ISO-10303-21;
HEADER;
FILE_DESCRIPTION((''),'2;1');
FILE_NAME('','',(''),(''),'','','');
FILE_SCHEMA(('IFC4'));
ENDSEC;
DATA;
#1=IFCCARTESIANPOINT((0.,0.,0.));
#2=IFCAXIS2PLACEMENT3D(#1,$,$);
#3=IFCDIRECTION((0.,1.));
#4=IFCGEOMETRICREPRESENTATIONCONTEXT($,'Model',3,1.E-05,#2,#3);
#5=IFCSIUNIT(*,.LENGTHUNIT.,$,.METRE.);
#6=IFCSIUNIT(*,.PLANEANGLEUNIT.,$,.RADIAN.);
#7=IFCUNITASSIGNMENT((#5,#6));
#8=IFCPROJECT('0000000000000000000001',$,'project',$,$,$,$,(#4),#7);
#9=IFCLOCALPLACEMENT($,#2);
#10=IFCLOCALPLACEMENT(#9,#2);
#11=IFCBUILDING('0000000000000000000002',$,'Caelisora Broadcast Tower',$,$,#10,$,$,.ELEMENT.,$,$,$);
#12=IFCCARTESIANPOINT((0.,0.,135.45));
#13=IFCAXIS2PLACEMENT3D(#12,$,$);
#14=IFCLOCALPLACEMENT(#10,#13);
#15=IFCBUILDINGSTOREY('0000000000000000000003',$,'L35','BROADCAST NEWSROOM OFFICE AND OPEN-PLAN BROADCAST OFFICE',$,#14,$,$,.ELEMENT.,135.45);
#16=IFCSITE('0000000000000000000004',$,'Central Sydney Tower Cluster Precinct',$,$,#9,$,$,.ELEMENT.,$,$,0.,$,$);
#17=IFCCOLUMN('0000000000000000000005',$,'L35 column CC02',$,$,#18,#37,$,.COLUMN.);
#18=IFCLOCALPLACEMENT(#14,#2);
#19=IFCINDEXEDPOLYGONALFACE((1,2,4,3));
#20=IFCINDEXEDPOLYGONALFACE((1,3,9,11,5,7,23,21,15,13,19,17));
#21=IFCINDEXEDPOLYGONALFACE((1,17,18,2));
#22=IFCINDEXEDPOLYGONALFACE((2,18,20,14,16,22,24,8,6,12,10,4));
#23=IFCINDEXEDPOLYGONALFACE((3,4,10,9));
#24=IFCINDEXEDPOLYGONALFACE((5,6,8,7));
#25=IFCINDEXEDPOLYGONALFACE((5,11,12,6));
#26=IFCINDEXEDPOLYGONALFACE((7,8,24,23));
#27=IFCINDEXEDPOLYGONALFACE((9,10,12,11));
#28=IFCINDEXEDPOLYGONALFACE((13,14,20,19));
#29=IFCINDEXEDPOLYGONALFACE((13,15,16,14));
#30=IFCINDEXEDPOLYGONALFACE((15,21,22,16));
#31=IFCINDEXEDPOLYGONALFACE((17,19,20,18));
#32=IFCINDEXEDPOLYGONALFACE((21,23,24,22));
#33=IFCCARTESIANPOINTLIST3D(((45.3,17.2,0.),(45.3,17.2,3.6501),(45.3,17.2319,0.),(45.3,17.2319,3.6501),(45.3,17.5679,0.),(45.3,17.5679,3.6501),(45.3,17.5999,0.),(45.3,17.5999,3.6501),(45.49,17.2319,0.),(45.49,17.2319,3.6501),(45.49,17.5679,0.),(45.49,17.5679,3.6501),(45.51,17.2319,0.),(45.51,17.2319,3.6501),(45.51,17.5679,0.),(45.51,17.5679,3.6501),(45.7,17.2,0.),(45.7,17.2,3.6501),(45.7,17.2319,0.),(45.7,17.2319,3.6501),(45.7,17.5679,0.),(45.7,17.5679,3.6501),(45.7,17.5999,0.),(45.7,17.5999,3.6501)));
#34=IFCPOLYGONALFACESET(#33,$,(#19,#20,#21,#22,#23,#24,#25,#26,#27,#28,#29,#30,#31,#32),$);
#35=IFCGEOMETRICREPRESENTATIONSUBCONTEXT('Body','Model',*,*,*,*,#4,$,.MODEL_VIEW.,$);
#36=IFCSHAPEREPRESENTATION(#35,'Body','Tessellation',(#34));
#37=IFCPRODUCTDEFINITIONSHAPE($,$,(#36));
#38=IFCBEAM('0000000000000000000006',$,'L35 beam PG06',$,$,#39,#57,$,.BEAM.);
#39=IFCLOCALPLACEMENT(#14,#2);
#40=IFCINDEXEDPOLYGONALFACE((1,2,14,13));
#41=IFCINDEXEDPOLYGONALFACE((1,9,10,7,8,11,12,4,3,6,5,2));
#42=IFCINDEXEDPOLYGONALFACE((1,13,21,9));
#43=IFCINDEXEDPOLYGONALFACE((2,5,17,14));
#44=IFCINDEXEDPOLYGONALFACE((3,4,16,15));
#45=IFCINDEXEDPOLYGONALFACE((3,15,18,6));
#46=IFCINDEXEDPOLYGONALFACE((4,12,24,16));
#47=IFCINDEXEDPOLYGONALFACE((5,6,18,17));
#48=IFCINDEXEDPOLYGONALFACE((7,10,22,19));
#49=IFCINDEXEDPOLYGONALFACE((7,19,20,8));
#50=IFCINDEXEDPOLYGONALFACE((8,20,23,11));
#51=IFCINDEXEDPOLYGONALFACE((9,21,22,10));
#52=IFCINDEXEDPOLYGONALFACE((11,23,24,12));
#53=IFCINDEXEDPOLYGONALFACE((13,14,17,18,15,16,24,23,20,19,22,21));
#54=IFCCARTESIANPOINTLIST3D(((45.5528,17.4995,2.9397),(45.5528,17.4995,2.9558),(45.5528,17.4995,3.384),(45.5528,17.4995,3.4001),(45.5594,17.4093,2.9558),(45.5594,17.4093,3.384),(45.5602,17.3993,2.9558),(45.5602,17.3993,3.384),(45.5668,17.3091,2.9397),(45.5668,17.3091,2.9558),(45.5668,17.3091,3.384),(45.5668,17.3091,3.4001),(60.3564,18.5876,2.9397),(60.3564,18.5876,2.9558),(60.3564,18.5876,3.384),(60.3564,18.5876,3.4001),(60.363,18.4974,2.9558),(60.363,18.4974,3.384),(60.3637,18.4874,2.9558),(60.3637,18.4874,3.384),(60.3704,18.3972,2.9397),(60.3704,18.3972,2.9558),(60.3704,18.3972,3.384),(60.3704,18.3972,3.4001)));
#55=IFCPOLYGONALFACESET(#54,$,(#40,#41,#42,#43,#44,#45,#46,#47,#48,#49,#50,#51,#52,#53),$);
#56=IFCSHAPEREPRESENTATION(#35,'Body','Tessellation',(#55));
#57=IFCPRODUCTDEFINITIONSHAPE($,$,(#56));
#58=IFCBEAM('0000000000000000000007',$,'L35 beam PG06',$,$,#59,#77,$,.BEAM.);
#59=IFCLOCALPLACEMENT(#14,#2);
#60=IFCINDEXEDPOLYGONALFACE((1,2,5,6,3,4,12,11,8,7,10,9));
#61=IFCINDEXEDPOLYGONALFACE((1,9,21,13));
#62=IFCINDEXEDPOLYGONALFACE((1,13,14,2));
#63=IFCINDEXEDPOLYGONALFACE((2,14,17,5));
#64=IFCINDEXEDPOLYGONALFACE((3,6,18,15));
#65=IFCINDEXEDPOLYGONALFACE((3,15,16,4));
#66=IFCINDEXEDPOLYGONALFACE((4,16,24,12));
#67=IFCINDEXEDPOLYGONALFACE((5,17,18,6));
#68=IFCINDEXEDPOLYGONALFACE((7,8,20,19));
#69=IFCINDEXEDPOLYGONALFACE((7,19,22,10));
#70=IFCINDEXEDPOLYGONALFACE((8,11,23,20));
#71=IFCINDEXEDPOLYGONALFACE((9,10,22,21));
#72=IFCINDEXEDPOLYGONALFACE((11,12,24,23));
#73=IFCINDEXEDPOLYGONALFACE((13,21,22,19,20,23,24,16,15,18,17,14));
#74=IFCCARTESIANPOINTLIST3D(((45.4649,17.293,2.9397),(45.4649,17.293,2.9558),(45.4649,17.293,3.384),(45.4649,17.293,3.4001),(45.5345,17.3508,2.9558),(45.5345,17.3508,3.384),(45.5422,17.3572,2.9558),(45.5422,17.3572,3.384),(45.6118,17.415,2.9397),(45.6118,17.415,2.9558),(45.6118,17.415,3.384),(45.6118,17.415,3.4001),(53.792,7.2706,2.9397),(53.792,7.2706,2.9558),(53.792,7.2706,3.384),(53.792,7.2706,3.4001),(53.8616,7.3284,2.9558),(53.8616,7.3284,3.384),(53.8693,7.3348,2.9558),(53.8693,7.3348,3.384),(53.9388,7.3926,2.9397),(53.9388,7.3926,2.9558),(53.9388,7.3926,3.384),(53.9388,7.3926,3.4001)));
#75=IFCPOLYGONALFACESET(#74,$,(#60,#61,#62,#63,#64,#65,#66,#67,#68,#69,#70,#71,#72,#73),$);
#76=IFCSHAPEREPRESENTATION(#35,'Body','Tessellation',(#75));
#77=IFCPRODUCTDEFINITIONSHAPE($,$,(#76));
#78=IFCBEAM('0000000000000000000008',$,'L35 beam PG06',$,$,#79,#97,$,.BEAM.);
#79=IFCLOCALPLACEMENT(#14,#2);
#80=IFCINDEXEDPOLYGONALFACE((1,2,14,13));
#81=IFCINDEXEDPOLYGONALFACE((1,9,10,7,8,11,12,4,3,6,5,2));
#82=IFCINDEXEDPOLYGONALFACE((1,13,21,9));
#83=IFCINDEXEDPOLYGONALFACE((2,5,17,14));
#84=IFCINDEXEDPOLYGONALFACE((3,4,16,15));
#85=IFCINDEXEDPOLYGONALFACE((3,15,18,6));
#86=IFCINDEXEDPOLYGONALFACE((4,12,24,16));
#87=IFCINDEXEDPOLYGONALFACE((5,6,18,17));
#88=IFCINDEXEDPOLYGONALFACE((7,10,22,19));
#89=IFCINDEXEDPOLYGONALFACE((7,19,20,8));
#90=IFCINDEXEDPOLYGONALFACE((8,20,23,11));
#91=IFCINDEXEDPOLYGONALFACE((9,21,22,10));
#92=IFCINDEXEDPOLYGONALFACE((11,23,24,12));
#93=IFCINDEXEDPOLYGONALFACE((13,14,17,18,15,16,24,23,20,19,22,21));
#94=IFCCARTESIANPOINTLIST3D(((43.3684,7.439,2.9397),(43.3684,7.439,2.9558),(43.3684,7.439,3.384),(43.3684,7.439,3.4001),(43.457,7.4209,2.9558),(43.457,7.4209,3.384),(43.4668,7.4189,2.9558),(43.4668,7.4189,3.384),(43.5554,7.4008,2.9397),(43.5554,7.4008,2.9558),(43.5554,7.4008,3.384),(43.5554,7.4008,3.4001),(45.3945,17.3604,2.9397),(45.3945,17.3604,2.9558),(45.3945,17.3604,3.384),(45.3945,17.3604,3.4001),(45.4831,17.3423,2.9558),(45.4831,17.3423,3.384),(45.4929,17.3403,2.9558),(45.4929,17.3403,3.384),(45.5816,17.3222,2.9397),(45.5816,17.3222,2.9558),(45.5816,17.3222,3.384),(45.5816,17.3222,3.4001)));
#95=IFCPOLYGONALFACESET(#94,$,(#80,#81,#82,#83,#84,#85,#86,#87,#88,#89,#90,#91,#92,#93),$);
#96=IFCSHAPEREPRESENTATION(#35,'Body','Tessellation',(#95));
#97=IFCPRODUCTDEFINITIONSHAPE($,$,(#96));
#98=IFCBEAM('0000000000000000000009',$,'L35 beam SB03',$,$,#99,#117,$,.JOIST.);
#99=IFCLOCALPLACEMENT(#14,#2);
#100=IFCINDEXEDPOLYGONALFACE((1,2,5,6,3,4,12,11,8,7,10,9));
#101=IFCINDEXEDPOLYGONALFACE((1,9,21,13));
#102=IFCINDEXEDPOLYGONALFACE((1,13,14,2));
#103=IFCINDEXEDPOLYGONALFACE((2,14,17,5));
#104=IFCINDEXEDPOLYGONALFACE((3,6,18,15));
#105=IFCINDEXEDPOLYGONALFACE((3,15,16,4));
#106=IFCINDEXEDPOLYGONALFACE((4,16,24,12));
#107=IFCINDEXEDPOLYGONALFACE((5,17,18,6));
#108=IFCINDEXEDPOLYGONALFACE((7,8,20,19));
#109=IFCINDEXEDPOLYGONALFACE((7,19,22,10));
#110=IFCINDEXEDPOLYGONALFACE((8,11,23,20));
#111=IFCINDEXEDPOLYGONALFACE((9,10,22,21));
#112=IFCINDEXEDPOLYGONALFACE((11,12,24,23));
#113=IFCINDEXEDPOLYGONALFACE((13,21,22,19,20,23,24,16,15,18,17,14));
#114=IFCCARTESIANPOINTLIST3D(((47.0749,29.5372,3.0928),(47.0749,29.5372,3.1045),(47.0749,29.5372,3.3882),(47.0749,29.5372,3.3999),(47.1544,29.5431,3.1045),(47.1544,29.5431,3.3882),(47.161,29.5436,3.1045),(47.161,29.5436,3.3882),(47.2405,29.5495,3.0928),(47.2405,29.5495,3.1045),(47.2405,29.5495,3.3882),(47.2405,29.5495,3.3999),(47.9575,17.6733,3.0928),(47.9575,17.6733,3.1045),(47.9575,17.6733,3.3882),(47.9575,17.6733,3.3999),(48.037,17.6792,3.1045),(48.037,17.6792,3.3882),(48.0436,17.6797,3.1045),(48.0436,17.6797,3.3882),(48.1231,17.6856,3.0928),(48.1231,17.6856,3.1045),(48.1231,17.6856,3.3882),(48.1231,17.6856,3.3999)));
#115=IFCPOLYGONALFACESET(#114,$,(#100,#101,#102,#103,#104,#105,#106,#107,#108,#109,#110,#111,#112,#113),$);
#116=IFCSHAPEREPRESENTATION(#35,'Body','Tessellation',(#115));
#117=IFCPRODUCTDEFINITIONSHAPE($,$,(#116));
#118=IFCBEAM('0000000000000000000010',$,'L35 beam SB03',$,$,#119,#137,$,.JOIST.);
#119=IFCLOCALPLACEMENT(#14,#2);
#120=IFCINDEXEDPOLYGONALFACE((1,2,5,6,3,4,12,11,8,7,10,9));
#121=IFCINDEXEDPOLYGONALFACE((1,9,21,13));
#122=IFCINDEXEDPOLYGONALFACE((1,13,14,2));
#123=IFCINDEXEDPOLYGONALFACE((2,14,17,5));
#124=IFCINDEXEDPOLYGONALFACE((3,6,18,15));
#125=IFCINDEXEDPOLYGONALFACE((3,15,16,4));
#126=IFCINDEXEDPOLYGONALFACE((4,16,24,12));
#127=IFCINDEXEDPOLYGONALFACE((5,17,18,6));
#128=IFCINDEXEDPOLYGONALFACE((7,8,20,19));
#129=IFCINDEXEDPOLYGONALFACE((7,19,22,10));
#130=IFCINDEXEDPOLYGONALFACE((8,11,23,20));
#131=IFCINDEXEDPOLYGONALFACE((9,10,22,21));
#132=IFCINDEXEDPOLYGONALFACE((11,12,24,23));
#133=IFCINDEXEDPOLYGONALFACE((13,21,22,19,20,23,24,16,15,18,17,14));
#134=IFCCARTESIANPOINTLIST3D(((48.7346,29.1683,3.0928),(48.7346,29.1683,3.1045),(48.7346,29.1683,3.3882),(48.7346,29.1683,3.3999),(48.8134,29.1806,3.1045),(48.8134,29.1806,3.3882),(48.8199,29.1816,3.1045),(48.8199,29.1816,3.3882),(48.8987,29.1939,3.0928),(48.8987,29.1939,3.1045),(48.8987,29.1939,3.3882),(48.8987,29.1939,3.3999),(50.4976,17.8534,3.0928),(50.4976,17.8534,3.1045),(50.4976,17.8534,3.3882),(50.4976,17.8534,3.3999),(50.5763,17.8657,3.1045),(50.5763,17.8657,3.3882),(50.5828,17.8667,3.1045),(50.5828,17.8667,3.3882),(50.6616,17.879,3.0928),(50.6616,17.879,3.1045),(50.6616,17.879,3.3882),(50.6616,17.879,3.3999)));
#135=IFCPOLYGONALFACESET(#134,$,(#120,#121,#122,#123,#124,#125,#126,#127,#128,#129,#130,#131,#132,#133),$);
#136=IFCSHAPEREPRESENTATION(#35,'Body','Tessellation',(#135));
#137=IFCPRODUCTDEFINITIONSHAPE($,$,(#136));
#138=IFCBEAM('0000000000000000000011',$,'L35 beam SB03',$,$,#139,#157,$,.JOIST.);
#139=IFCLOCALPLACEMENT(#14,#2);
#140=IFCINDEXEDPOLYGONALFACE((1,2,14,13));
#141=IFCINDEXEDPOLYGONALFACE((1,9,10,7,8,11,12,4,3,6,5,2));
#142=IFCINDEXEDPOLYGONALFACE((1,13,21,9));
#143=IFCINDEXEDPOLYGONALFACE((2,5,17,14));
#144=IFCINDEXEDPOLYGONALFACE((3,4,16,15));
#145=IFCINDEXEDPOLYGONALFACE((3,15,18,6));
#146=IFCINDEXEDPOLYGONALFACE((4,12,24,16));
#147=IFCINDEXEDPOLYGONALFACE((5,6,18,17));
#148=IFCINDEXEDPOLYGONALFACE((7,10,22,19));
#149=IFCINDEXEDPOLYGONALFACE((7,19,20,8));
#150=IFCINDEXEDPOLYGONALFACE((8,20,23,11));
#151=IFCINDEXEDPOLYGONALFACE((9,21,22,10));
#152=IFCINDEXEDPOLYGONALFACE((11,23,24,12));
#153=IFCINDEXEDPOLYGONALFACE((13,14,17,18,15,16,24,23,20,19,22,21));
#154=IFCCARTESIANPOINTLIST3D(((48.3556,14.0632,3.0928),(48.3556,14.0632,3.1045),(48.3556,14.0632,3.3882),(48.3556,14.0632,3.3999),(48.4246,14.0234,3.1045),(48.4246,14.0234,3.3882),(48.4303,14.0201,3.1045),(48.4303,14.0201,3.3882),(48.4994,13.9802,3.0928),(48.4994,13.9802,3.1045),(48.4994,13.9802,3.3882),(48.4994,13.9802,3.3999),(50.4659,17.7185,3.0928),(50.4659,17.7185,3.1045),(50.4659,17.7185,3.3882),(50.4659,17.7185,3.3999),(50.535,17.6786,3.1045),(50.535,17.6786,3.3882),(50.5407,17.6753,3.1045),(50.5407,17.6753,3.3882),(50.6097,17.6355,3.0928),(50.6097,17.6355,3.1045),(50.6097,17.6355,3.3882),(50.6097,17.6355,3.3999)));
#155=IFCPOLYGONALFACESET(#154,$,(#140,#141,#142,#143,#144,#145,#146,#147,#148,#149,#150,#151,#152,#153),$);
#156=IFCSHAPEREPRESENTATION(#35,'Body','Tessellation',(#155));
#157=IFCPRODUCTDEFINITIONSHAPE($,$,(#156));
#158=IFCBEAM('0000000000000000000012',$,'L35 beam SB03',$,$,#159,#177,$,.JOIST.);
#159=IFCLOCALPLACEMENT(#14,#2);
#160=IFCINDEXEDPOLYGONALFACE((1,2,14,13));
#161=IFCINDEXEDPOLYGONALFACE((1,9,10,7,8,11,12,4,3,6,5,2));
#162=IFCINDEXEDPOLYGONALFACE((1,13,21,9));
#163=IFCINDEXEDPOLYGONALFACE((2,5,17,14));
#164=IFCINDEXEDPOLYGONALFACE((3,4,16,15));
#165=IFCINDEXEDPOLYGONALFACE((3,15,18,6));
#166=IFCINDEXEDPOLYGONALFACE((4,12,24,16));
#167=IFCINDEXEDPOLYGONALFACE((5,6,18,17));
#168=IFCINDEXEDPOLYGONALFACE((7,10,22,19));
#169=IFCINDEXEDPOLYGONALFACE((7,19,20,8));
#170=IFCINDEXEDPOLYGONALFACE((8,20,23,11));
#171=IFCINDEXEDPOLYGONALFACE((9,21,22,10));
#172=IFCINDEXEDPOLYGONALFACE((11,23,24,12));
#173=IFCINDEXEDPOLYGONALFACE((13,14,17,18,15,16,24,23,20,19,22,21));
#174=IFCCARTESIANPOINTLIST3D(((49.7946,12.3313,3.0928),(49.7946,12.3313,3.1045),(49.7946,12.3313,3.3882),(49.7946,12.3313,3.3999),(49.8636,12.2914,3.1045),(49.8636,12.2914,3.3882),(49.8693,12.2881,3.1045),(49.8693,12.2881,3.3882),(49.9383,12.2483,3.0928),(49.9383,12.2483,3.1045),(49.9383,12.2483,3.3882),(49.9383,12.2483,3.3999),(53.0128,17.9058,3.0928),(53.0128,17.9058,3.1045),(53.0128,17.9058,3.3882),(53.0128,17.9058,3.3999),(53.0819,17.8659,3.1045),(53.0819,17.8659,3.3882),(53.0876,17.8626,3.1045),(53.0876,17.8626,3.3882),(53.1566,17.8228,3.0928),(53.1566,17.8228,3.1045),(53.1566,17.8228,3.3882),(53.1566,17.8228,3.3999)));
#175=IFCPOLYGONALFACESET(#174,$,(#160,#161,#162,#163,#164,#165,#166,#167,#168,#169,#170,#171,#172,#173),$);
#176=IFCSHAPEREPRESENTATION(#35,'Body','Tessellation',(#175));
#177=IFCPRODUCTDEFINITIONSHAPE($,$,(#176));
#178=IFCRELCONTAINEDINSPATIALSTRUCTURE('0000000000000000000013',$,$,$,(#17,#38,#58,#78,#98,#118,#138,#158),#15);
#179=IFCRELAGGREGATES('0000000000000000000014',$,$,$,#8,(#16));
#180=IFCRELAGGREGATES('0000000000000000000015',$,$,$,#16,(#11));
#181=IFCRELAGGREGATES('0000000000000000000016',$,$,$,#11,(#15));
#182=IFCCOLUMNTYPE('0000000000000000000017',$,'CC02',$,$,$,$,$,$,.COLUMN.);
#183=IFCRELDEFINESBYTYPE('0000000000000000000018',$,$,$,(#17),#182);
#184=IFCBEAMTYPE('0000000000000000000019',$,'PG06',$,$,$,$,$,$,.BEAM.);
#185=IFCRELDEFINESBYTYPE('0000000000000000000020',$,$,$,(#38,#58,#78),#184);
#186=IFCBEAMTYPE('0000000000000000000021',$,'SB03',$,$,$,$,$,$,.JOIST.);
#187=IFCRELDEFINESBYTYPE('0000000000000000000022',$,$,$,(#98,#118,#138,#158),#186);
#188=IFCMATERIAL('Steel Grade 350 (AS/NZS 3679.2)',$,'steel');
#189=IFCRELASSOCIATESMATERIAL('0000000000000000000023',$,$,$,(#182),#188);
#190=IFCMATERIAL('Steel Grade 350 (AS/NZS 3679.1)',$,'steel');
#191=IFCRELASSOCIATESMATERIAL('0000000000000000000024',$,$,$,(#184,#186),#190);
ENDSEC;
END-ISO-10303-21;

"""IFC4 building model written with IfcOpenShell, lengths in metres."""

from ifc_helpers import new_model, si_unit, direction, frame, origin, origin_2d, place, context, subcontext, project, spatial, i_section, extrude, source, transform, mapped, material, material_profile, profile_set, type_object, type_shapes, element, save


model = new_model("IFC4")

# Units and contexts
model_context = context("Model", 3, precision=1e-05, world=origin(), true_north=direction((0.0, 1.0)))
body_context = subcontext(model_context, "Body", "Model", "MODEL_VIEW")
ifc_project = project(units=[si_unit("LENGTHUNIT", "METRE"), si_unit("PLANEANGLEUNIT", "RADIAN")], contexts=[model_context])

# Site, building, storey
site_placement = place(None, origin())
site = spatial("IfcSite", under=ifc_project, at=site_placement, Name="Central Sydney Tower Cluster Precinct", CompositionType="ELEMENT", RefElevation=0.0)
building_placement = place(site_placement, origin())
building = spatial("IfcBuilding", under=site, at=building_placement, Name="Caelisora Broadcast Tower", CompositionType="ELEMENT")
storey_placement = place(building_placement, frame((0.0, 0.0, 135.45)))
storey = spatial("IfcBuildingStorey", under=building, at=storey_placement, Name="L35", Description="BROADCAST NEWSROOM OFFICE AND OPEN-PLAN BROADCAST OFFICE", CompositionType="ELEMENT", Elevation=135.45)

# Column
ifc_material_1 = material(Name="Steel Grade 350 (AS/NZS 3679.2)", Category="steel")
ifc_material_profile_1 = material_profile(ifc_material_1, i_section(OverallWidth=0.3999, OverallDepth=0.3999, WebThickness=0.02, FlangeThickness=0.032, at=origin_2d()), Name="Steel Grade 350 (AS/NZS 3679.2)")
ifc_profile_set_1 = profile_set([ifc_material_profile_1], Name="Steel Grade 350 (AS/NZS 3679.2)")
column_type = type_object("IfcColumnType", Name="CC02", PredefinedType="COLUMN", material=ifc_profile_set_1)
shared_shape_1 = source(origin(), body_context, "Body", "SweptSolid", [
    extrude(i_section(OverallWidth=0.3999, OverallDepth=0.3999, WebThickness=0.02, FlangeThickness=0.032, at=origin_2d()), origin(), (0.0, 0.0, 1.0), 3.6501),
])
type_shapes(column_type, [shared_shape_1])
column_placement = place(storey_placement, frame((45.5, 17.3999, 0.0), z_axis=(0.0, 0.0, 1.0), x_axis=(1.0, 0.0, 0.0)))
element("IfcColumn", 1, at=column_placement, inside=storey, type_object=column_type, Name="L35 column CC02", PredefinedType="COLUMN", context=body_context, shape_type="MappedRepresentation", body=[
    mapped(shared_shape_1, transform((0.0, 0.0, 0.0), scale=1.0)),
])

# Beams
ifc_material_2 = material(Name="Steel Grade 350 (AS/NZS 3679.1)", Category="steel")
ifc_material_profile_2 = material_profile(ifc_material_2, i_section(OverallWidth=0.1909, OverallDepth=0.4604, WebThickness=0.01, FlangeThickness=0.0161, at=origin_2d()), Name="Steel Grade 350 (AS/NZS 3679.1)")
ifc_profile_set_2 = profile_set([ifc_material_profile_2], Name="Steel Grade 350 (AS/NZS 3679.1)")
beam_type_1 = type_object("IfcBeamType", Name="PG06", PredefinedType="BEAM", material=ifc_profile_set_2)
shared_shape_2 = source(origin(), body_context, "Body", "SweptSolid", [
    extrude(i_section(OverallWidth=0.1909, OverallDepth=0.4604, WebThickness=0.01, FlangeThickness=0.0161, at=origin_2d()), origin(), (0.0, 0.0, 1.0), 14.8435),
])
beam_1_placement = place(storey_placement, frame((45.5598, 17.4043, 3.1699), z_axis=(0.997309, 0.073308, 0.0), x_axis=(-0.073308, 0.997309, 0.0)))
element("IfcBeam", 2, at=beam_1_placement, inside=storey, type_object=beam_type_1, Name="L35 beam PG06", PredefinedType="BEAM", context=body_context, shape_type="MappedRepresentation", body=[
    mapped(shared_shape_2, transform((0.0, 0.0, 0.0), scale=1.0)),
])
shared_shape_3 = source(origin(), body_context, "Body", "SweptSolid", [
    extrude(i_section(OverallWidth=0.1909, OverallDepth=0.4604, WebThickness=0.01, FlangeThickness=0.0161, at=origin_2d()), origin(), (0.0, 0.0, 1.0), 13.0303),
])
beam_2_placement = place(storey_placement, frame((45.5383, 17.354, 3.1699), z_axis=(0.639056, -0.76916, 0.0), x_axis=(0.76916, 0.639056, 0.0)))
element("IfcBeam", 3, at=beam_2_placement, inside=storey, type_object=beam_type_1, Name="L35 beam PG06", PredefinedType="BEAM", context=body_context, shape_type="MappedRepresentation", body=[
    mapped(shared_shape_3, transform((0.0, 0.0, 0.0), scale=1.0)),
])
shared_shape_4 = source(origin(), body_context, "Body", "SweptSolid", [
    extrude(i_section(OverallWidth=0.1909, OverallDepth=0.4604, WebThickness=0.01, FlangeThickness=0.0161, at=origin_2d()), origin(), (0.0, 0.0, 1.0), 10.1262),
])
type_shapes(beam_type_1, [shared_shape_2, shared_shape_3, shared_shape_4])
beam_3_placement = place(storey_placement, frame((45.488, 17.3413, 3.1699), z_axis=(-0.200088, -0.979778, 0.0), x_axis=(0.979778, -0.200088, 0.0)))
element("IfcBeam", 4, at=beam_3_placement, inside=storey, type_object=beam_type_1, Name="L35 beam PG06", PredefinedType="BEAM", context=body_context, shape_type="MappedRepresentation", body=[
    mapped(shared_shape_4, transform((0.0, 0.0, 0.0), scale=1.0)),
])
ifc_material_profile_3 = material_profile(ifc_material_2, i_section(OverallWidth=0.166, OverallDepth=0.3071, WebThickness=0.0066, FlangeThickness=0.0117, at=origin_2d()), Name="Steel Grade 350 (AS/NZS 3679.1)")
ifc_profile_set_3 = profile_set([ifc_material_profile_3], Name="Steel Grade 350 (AS/NZS 3679.1)")
beam_type_2 = type_object("IfcBeamType", Name="SB03", PredefinedType="JOIST", material=ifc_profile_set_3)
shared_shape_5 = source(origin(), body_context, "Body", "SweptSolid", [
    extrude(i_section(OverallWidth=0.166, OverallDepth=0.3071, WebThickness=0.0066, FlangeThickness=0.0117, at=origin_2d()), origin(), (0.0, 0.0, 1.0), 11.8967),
])
beam_4_placement = place(storey_placement, frame((48.0403, 17.6794, 3.2463), z_axis=(-0.074185, 0.997244, 0.0), x_axis=(-0.997244, -0.074185, 0.0)))
element("IfcBeam", 5, at=beam_4_placement, inside=storey, type_object=beam_type_2, Name="L35 beam SB03", PredefinedType="JOIST", context=body_context, shape_type="MappedRepresentation", body=[
    mapped(shared_shape_5, transform((0.0, 0.0, 0.0), scale=1.0)),
])
shared_shape_6 = source(origin(), body_context, "Body", "SweptSolid", [
    extrude(i_section(OverallWidth=0.166, OverallDepth=0.3071, WebThickness=0.0066, FlangeThickness=0.0117, at=origin_2d()), origin(), (0.0, 0.0, 1.0), 11.4514),
])
beam_5_placement = place(storey_placement, frame((50.5796, 17.8662, 3.2463), z_axis=(-0.153949, 0.988079, 0.0), x_axis=(-0.988079, -0.153949, 0.0)))
element("IfcBeam", 6, at=beam_5_placement, inside=storey, type_object=beam_type_2, Name="L35 beam SB03", PredefinedType="JOIST", context=body_context, shape_type="MappedRepresentation", body=[
    mapped(shared_shape_6, transform((0.0, 0.0, 0.0), scale=1.0)),
])
shared_shape_7 = source(origin(), body_context, "Body", "SweptSolid", [
    extrude(i_section(OverallWidth=0.166, OverallDepth=0.3071, WebThickness=0.0066, FlangeThickness=0.0117, at=origin_2d()), origin(), (0.0, 0.0, 1.0), 4.2207),
])
beam_6_placement = place(storey_placement, frame((48.4275, 14.0217, 3.2463), z_axis=(0.499996, 0.866028, 0.0), x_axis=(-0.866028, 0.499996, 0.0)))
element("IfcBeam", 7, at=beam_6_placement, inside=storey, type_object=beam_type_2, Name="L35 beam SB03", PredefinedType="JOIST", context=body_context, shape_type="MappedRepresentation", body=[
    mapped(shared_shape_7, transform((0.0, 0.0, 0.0), scale=1.0)),
])
shared_shape_8 = source(origin(), body_context, "Body", "SweptSolid", [
    extrude(i_section(OverallWidth=0.166, OverallDepth=0.3071, WebThickness=0.0066, FlangeThickness=0.0117, at=origin_2d()), origin(), (0.0, 0.0, 1.0), 6.4368),
])
beam_7_placement = place(storey_placement, frame((49.8665, 12.2898, 3.2463), z_axis=(0.499982, 0.866036, 0.0), x_axis=(-0.866036, 0.499982, 0.0)))
element("IfcBeam", 8, at=beam_7_placement, inside=storey, type_object=beam_type_2, Name="L35 beam SB03", PredefinedType="JOIST", context=body_context, shape_type="MappedRepresentation", body=[
    mapped(shared_shape_8, transform((0.0, 0.0, 0.0), scale=1.0)),
])

save(model, "model.ifc")
